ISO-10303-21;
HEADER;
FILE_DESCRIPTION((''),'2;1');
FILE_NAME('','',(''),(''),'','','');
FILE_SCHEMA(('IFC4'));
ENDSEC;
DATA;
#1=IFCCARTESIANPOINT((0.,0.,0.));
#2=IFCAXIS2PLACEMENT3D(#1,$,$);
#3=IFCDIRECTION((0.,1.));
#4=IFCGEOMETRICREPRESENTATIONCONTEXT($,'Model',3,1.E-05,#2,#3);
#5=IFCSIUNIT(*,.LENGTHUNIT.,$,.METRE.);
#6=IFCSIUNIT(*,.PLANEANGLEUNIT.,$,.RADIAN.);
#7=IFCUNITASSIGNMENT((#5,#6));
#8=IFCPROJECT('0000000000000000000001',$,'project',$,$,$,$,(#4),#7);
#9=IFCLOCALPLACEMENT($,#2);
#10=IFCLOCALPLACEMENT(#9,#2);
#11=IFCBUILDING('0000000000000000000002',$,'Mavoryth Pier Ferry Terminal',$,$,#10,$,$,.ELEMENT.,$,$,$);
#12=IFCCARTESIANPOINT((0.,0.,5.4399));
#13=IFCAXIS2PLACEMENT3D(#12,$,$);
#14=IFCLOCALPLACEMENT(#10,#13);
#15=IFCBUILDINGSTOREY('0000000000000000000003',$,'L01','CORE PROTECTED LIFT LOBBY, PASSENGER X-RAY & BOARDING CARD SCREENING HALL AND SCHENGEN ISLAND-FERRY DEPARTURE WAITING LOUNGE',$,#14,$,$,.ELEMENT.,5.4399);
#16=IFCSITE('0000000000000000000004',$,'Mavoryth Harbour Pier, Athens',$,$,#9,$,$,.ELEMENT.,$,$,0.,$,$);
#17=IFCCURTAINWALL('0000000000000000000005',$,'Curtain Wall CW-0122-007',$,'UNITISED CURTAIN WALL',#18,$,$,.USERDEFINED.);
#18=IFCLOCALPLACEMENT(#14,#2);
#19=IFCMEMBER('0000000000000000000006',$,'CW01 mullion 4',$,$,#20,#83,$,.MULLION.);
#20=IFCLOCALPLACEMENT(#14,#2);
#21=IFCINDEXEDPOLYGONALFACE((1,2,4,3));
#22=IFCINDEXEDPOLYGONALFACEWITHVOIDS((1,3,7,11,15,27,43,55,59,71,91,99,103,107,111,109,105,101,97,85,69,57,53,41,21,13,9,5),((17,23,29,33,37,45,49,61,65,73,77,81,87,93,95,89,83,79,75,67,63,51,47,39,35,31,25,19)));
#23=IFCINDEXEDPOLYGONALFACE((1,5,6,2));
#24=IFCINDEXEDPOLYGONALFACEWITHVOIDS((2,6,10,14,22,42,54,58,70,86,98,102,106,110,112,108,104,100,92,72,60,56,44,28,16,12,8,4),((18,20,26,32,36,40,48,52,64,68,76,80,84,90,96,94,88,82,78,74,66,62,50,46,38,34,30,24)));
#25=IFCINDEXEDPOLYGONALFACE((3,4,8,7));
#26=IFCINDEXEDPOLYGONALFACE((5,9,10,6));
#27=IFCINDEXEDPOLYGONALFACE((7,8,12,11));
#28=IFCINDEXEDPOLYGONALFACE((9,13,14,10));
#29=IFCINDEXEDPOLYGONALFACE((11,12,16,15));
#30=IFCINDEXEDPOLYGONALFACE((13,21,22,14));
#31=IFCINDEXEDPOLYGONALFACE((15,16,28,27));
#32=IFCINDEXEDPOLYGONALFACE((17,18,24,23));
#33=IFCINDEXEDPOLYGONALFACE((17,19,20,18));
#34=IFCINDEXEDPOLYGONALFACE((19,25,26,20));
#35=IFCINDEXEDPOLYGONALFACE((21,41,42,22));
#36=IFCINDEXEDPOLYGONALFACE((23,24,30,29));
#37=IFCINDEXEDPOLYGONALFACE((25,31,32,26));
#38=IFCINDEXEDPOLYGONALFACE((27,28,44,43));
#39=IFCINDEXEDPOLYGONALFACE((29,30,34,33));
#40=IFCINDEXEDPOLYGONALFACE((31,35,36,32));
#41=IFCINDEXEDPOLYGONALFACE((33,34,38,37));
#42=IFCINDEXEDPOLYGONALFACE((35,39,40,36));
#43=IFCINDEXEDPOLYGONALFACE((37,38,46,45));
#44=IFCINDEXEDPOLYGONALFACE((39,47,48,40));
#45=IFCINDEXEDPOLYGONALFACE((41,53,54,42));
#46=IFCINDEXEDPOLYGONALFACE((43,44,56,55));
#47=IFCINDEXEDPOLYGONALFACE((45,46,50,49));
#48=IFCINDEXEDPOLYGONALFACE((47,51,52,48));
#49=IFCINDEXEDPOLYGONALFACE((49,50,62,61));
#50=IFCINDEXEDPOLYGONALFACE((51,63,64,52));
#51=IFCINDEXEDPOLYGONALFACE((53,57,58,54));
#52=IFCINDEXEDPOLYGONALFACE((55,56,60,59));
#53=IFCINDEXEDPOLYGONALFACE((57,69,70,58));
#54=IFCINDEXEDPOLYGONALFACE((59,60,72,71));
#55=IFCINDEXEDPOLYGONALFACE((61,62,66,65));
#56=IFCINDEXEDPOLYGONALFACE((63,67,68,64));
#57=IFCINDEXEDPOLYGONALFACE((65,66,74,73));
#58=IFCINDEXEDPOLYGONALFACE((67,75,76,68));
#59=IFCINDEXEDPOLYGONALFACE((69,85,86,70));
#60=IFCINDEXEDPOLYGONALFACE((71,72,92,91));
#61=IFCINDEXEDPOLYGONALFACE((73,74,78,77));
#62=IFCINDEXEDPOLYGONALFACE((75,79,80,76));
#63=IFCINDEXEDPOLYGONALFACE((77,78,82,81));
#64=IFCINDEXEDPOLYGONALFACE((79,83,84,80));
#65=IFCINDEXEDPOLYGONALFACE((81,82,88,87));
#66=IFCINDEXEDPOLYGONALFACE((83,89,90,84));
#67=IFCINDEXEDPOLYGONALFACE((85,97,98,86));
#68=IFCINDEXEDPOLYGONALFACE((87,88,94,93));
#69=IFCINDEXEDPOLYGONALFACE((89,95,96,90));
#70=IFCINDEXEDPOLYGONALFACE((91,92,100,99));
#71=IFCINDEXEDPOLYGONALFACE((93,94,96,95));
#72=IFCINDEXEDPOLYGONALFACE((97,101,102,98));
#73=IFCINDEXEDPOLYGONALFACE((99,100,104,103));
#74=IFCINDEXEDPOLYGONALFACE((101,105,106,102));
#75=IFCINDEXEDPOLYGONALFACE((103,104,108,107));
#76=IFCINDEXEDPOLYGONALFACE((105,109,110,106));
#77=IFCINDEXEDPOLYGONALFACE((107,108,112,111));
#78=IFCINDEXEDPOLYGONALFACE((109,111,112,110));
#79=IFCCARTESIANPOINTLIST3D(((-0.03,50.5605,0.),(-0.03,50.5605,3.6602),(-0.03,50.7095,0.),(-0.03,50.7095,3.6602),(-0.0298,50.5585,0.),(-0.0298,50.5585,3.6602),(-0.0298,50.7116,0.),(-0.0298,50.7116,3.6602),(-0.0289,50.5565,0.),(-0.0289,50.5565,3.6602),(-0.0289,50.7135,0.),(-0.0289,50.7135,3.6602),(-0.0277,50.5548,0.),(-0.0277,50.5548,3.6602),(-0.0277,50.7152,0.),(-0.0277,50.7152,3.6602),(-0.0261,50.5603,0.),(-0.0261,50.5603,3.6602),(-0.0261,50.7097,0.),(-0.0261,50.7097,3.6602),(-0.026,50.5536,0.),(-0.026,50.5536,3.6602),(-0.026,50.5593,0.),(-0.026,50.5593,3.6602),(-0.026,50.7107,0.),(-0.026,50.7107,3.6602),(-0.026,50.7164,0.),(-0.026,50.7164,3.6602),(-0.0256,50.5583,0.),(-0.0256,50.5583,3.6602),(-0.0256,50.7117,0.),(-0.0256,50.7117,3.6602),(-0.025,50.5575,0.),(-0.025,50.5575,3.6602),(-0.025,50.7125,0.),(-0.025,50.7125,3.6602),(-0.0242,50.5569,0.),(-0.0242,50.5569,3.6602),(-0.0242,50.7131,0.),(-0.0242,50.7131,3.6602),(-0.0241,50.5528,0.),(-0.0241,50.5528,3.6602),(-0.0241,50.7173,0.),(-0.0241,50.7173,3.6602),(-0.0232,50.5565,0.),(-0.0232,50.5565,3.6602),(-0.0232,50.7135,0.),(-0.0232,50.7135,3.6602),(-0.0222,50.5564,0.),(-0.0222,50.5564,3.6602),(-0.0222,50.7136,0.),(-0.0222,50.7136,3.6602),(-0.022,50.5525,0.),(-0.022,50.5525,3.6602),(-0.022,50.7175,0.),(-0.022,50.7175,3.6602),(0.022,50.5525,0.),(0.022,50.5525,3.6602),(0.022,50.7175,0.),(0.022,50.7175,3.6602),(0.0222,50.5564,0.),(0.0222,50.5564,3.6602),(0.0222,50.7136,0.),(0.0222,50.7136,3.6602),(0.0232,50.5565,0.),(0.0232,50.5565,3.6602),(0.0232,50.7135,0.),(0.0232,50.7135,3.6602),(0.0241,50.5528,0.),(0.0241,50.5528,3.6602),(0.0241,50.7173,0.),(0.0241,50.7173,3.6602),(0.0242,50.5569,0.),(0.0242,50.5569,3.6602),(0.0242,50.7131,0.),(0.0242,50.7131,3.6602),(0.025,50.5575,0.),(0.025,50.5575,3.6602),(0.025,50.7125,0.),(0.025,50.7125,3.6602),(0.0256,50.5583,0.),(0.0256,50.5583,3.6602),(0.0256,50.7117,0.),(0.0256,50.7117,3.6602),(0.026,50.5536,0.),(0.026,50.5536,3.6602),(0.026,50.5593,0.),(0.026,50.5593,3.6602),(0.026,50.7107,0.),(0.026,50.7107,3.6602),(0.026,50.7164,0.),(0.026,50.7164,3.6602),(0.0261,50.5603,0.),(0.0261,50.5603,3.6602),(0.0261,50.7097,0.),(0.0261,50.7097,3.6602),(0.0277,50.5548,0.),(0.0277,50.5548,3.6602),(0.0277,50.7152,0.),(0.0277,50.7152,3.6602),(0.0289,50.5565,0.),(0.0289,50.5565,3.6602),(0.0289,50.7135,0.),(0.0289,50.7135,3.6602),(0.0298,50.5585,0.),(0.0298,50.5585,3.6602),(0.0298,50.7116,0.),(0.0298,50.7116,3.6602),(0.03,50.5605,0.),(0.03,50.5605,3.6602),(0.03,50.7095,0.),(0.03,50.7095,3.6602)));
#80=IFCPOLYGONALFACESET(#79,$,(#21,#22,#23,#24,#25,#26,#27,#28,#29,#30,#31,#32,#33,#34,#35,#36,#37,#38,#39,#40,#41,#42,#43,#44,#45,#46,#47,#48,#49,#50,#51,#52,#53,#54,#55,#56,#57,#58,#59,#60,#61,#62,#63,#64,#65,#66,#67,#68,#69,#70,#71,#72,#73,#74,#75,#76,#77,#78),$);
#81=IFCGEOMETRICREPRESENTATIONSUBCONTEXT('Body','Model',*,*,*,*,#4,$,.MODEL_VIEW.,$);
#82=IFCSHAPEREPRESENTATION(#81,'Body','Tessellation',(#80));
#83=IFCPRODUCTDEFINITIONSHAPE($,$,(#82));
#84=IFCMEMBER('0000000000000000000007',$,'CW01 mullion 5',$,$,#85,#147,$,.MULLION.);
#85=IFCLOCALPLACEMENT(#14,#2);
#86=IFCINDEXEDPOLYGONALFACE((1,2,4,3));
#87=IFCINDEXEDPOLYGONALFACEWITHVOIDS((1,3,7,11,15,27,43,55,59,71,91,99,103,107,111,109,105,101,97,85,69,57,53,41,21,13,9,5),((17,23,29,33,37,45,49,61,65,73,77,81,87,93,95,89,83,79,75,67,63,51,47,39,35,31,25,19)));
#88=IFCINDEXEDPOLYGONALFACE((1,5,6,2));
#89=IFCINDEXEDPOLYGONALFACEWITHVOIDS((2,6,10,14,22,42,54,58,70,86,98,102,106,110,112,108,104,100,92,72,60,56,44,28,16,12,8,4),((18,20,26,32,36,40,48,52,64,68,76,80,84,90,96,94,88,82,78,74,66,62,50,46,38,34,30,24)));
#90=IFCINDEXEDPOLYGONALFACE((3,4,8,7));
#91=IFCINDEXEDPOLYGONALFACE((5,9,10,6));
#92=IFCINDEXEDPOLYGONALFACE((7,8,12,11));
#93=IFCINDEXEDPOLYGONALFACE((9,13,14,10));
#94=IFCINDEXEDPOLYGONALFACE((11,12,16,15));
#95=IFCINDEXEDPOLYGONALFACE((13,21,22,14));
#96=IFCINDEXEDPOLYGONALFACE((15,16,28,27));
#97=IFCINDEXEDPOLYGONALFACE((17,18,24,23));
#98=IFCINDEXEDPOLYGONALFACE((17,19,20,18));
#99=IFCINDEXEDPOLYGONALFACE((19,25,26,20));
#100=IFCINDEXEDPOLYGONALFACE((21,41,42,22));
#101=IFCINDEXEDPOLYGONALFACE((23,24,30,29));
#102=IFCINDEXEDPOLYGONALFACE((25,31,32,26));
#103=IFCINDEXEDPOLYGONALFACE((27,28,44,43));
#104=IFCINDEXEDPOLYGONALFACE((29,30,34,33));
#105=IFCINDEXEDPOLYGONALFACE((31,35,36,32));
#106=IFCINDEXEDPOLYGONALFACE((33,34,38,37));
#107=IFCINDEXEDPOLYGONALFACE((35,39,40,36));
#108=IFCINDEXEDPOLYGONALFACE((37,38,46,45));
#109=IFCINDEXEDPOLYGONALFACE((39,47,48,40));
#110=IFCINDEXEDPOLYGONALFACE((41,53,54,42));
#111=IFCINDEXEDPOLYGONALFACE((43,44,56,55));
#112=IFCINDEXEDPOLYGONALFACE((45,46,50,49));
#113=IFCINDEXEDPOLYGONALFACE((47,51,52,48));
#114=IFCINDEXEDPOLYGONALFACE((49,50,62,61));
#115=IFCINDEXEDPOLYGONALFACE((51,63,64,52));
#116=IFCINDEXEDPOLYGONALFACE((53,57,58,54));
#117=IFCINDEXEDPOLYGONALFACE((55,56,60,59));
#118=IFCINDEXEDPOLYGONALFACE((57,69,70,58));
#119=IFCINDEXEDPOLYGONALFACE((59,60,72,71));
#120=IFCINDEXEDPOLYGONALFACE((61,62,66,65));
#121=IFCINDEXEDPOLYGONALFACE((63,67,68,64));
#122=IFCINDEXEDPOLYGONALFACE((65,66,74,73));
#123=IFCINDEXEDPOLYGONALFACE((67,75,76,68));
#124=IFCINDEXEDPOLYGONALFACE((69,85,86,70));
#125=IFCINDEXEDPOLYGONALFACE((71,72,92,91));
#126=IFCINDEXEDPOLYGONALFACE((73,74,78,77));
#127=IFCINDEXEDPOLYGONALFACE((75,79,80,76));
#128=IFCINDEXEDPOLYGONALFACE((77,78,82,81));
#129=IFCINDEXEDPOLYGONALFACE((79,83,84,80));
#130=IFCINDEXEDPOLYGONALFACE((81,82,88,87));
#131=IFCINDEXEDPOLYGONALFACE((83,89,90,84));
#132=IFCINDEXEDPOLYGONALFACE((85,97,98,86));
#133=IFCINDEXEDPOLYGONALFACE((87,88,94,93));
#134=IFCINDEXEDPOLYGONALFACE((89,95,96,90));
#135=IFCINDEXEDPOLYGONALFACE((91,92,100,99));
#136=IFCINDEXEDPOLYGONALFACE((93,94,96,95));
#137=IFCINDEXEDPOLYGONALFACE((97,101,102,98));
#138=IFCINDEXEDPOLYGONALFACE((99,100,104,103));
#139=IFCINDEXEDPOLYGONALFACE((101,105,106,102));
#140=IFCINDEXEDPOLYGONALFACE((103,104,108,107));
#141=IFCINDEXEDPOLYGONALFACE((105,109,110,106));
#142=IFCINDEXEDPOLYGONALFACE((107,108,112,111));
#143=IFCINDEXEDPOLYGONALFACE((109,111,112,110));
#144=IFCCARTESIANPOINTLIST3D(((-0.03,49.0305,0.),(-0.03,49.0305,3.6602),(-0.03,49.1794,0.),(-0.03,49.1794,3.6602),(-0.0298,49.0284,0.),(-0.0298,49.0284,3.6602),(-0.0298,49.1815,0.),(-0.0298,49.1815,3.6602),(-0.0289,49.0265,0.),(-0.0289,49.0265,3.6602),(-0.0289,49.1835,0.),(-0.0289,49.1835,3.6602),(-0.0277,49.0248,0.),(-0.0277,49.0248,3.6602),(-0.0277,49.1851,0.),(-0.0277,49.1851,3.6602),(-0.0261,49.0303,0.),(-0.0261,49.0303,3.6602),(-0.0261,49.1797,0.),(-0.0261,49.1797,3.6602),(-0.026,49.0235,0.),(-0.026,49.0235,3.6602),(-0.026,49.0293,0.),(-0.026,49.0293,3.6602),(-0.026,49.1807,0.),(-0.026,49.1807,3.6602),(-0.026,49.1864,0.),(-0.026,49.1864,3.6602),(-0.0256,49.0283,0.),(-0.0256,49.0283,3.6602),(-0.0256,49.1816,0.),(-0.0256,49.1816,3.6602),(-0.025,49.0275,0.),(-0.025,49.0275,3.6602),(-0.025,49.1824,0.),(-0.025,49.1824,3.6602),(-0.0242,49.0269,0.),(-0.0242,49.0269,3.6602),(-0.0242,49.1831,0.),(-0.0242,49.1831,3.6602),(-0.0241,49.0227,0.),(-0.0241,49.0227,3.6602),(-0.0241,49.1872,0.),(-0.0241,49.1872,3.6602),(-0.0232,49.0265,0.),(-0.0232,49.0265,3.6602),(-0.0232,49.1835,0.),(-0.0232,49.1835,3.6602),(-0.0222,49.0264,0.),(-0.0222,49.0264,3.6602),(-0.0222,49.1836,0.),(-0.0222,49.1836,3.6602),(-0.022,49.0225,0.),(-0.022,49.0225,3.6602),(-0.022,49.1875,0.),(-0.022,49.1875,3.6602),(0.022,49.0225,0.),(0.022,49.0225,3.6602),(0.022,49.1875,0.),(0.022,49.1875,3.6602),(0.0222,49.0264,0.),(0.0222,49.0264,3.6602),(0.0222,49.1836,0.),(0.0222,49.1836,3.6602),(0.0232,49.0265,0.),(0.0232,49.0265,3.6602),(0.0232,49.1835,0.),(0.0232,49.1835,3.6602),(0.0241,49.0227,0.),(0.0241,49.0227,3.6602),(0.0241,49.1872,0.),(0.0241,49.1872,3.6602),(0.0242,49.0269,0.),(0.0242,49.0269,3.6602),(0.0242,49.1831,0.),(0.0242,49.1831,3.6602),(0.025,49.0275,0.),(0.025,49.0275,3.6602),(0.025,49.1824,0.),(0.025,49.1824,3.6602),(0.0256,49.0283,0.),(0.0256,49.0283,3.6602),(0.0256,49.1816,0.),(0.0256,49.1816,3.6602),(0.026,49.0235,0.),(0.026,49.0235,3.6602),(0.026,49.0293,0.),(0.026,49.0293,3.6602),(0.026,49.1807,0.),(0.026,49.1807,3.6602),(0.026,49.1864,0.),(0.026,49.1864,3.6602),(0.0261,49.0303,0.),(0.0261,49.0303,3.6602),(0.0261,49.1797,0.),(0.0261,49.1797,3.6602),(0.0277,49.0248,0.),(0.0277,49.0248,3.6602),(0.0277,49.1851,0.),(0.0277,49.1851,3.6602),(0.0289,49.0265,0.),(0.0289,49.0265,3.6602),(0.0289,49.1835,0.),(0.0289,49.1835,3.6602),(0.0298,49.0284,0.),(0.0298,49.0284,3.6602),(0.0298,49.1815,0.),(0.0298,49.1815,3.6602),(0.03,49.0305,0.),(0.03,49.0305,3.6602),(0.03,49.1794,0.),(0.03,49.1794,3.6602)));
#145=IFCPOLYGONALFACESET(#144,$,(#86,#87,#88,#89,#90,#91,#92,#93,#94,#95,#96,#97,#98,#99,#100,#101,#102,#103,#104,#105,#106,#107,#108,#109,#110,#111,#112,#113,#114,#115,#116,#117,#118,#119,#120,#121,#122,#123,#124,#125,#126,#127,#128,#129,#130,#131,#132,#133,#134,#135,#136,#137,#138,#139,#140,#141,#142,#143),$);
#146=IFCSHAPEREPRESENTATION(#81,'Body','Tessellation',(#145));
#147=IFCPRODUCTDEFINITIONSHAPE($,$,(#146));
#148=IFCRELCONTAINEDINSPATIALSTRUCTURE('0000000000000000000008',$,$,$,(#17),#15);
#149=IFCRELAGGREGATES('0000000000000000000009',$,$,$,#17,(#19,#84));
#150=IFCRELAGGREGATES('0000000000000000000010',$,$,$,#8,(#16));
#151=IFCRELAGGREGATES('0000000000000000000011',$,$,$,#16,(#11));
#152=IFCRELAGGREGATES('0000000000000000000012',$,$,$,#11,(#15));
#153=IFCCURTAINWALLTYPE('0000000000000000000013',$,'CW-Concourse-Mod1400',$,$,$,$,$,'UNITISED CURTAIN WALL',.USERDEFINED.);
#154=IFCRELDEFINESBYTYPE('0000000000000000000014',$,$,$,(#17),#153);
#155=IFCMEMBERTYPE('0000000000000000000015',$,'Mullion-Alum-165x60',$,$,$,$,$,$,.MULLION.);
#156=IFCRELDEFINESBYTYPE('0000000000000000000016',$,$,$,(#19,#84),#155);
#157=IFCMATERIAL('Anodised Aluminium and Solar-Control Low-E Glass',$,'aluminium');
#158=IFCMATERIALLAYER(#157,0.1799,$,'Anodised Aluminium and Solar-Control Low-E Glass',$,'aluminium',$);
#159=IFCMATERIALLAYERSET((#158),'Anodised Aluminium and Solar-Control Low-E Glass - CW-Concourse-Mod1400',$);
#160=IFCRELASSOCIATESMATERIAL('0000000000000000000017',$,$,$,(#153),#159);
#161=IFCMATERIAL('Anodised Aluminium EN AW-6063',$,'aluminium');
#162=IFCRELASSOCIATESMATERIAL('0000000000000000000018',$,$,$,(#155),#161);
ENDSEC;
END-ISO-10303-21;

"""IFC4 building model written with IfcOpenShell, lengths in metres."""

from ifc_helpers import new_model, si_unit, direction, frame, origin, origin_2d, place, context, subcontext, project, spatial, hollow_rectangle, extrude, material, layer, layer_set, material_profile, profile_set, type_object, element, aggregate, save


model = new_model("IFC4")

# Units and contexts
model_context = context("Model", 3, precision=1e-05, world=origin(), true_north=direction((0.0, 1.0)))
body_context = subcontext(model_context, "Body", "Model", "MODEL_VIEW")
ifc_project = project(units=[si_unit("LENGTHUNIT", "METRE"), si_unit("PLANEANGLEUNIT", "RADIAN")], contexts=[model_context])

# Site, building, storey
site_placement = place(None, origin())
site = spatial("IfcSite", under=ifc_project, at=site_placement, Name="Mavoryth Harbour Pier, Athens", CompositionType="ELEMENT", RefElevation=0.0)
building_placement = place(site_placement, origin())
building = spatial("IfcBuilding", under=site, at=building_placement, Name="Mavoryth Pier Ferry Terminal", CompositionType="ELEMENT")
storey_placement = place(building_placement, frame((0.0, 0.0, 5.4399)))
storey = spatial("IfcBuildingStorey", under=building, at=storey_placement, Name="L01", Description="CORE PROTECTED LIFT LOBBY, PASSENGER X-RAY & BOARDING CARD SCREENING HALL AND SCHENGEN ISLAND-FERRY DEPARTURE WAITING LOUNGE", CompositionType="ELEMENT", Elevation=5.4399)

# Curtain wall, members
ifc_material_1 = material(Name="Anodised Aluminium and Solar-Control Low-E Glass", Category="aluminium")
ifc_layer_1 = layer(ifc_material_1, 0.1799, Name="Anodised Aluminium and Solar-Control Low-E Glass", Category="aluminium")
ifc_layer_set_1 = layer_set([ifc_layer_1], Name="Anodised Aluminium and Solar-Control Low-E Glass - CW-Concourse-Mod1400")
curtain_wall_type = type_object("IfcCurtainWallType", Name="CW-Concourse-Mod1400", ElementType="UNITISED CURTAIN WALL", PredefinedType="USERDEFINED", material=ifc_layer_set_1)
curtain_wall_placement = place(storey_placement, origin())
curtain_wall = element("IfcCurtainWall", 1, at=curtain_wall_placement, inside=storey, type_object=curtain_wall_type, Name="Curtain Wall CW-0122-007", ObjectType="UNITISED CURTAIN WALL", PredefinedType="USERDEFINED")
ifc_material_2 = material(Name="Anodised Aluminium EN AW-6063", Category="aluminium")
ifc_material_profile_1 = material_profile(ifc_material_2, hollow_rectangle(XDim=0.0601, YDim=0.165, WallThickness=0.0039, InnerFilletRadius=0.0039, OuterFilletRadius=0.0081, at=origin_2d()), Name="AL-MULL 165x60x4", Category="aluminium")
ifc_profile_set_1 = profile_set([ifc_material_profile_1], Name="Anodised Aluminium EN AW-6063 - AL-MULL 165x60x4")
member_type_1 = type_object("IfcMemberType", Name="Mullion-Alum-165x60", PredefinedType="MULLION", material=ifc_profile_set_1)
member_1_placement = place(storey_placement, frame((0.0, 50.635, 0.0), z_axis=(0.0, 0.0, 1.0), x_axis=(1.0, 0.0, 0.0)))
member_1 = element("IfcMember", 2, at=member_1_placement, type_object=member_type_1, Name="CW01 mullion 4", PredefinedType="MULLION", context=body_context, shape_type="SweptSolid", body=[
    extrude(hollow_rectangle(XDim=0.0601, YDim=0.165, WallThickness=0.0039, InnerFilletRadius=0.0039, OuterFilletRadius=0.0081, at=origin_2d()), origin(), (0.0, 0.0, 1.0), 3.6602),
])
member_2_placement = place(storey_placement, frame((0.0, 49.105, 0.0), z_axis=(0.0, 0.0, 1.0), x_axis=(1.0, 0.0, 0.0)))
member_2 = element("IfcMember", 3, at=member_2_placement, type_object=member_type_1, Name="CW01 mullion 5", PredefinedType="MULLION", context=body_context, shape_type="SweptSolid", body=[
    extrude(hollow_rectangle(XDim=0.0601, YDim=0.165, WallThickness=0.0039, InnerFilletRadius=0.0039, OuterFilletRadius=0.0081, at=origin_2d()), origin(), (0.0, 0.0, 1.0), 3.6602),
])

aggregate(curtain_wall, [member_1, member_2])

save(model, "model.ifc")
